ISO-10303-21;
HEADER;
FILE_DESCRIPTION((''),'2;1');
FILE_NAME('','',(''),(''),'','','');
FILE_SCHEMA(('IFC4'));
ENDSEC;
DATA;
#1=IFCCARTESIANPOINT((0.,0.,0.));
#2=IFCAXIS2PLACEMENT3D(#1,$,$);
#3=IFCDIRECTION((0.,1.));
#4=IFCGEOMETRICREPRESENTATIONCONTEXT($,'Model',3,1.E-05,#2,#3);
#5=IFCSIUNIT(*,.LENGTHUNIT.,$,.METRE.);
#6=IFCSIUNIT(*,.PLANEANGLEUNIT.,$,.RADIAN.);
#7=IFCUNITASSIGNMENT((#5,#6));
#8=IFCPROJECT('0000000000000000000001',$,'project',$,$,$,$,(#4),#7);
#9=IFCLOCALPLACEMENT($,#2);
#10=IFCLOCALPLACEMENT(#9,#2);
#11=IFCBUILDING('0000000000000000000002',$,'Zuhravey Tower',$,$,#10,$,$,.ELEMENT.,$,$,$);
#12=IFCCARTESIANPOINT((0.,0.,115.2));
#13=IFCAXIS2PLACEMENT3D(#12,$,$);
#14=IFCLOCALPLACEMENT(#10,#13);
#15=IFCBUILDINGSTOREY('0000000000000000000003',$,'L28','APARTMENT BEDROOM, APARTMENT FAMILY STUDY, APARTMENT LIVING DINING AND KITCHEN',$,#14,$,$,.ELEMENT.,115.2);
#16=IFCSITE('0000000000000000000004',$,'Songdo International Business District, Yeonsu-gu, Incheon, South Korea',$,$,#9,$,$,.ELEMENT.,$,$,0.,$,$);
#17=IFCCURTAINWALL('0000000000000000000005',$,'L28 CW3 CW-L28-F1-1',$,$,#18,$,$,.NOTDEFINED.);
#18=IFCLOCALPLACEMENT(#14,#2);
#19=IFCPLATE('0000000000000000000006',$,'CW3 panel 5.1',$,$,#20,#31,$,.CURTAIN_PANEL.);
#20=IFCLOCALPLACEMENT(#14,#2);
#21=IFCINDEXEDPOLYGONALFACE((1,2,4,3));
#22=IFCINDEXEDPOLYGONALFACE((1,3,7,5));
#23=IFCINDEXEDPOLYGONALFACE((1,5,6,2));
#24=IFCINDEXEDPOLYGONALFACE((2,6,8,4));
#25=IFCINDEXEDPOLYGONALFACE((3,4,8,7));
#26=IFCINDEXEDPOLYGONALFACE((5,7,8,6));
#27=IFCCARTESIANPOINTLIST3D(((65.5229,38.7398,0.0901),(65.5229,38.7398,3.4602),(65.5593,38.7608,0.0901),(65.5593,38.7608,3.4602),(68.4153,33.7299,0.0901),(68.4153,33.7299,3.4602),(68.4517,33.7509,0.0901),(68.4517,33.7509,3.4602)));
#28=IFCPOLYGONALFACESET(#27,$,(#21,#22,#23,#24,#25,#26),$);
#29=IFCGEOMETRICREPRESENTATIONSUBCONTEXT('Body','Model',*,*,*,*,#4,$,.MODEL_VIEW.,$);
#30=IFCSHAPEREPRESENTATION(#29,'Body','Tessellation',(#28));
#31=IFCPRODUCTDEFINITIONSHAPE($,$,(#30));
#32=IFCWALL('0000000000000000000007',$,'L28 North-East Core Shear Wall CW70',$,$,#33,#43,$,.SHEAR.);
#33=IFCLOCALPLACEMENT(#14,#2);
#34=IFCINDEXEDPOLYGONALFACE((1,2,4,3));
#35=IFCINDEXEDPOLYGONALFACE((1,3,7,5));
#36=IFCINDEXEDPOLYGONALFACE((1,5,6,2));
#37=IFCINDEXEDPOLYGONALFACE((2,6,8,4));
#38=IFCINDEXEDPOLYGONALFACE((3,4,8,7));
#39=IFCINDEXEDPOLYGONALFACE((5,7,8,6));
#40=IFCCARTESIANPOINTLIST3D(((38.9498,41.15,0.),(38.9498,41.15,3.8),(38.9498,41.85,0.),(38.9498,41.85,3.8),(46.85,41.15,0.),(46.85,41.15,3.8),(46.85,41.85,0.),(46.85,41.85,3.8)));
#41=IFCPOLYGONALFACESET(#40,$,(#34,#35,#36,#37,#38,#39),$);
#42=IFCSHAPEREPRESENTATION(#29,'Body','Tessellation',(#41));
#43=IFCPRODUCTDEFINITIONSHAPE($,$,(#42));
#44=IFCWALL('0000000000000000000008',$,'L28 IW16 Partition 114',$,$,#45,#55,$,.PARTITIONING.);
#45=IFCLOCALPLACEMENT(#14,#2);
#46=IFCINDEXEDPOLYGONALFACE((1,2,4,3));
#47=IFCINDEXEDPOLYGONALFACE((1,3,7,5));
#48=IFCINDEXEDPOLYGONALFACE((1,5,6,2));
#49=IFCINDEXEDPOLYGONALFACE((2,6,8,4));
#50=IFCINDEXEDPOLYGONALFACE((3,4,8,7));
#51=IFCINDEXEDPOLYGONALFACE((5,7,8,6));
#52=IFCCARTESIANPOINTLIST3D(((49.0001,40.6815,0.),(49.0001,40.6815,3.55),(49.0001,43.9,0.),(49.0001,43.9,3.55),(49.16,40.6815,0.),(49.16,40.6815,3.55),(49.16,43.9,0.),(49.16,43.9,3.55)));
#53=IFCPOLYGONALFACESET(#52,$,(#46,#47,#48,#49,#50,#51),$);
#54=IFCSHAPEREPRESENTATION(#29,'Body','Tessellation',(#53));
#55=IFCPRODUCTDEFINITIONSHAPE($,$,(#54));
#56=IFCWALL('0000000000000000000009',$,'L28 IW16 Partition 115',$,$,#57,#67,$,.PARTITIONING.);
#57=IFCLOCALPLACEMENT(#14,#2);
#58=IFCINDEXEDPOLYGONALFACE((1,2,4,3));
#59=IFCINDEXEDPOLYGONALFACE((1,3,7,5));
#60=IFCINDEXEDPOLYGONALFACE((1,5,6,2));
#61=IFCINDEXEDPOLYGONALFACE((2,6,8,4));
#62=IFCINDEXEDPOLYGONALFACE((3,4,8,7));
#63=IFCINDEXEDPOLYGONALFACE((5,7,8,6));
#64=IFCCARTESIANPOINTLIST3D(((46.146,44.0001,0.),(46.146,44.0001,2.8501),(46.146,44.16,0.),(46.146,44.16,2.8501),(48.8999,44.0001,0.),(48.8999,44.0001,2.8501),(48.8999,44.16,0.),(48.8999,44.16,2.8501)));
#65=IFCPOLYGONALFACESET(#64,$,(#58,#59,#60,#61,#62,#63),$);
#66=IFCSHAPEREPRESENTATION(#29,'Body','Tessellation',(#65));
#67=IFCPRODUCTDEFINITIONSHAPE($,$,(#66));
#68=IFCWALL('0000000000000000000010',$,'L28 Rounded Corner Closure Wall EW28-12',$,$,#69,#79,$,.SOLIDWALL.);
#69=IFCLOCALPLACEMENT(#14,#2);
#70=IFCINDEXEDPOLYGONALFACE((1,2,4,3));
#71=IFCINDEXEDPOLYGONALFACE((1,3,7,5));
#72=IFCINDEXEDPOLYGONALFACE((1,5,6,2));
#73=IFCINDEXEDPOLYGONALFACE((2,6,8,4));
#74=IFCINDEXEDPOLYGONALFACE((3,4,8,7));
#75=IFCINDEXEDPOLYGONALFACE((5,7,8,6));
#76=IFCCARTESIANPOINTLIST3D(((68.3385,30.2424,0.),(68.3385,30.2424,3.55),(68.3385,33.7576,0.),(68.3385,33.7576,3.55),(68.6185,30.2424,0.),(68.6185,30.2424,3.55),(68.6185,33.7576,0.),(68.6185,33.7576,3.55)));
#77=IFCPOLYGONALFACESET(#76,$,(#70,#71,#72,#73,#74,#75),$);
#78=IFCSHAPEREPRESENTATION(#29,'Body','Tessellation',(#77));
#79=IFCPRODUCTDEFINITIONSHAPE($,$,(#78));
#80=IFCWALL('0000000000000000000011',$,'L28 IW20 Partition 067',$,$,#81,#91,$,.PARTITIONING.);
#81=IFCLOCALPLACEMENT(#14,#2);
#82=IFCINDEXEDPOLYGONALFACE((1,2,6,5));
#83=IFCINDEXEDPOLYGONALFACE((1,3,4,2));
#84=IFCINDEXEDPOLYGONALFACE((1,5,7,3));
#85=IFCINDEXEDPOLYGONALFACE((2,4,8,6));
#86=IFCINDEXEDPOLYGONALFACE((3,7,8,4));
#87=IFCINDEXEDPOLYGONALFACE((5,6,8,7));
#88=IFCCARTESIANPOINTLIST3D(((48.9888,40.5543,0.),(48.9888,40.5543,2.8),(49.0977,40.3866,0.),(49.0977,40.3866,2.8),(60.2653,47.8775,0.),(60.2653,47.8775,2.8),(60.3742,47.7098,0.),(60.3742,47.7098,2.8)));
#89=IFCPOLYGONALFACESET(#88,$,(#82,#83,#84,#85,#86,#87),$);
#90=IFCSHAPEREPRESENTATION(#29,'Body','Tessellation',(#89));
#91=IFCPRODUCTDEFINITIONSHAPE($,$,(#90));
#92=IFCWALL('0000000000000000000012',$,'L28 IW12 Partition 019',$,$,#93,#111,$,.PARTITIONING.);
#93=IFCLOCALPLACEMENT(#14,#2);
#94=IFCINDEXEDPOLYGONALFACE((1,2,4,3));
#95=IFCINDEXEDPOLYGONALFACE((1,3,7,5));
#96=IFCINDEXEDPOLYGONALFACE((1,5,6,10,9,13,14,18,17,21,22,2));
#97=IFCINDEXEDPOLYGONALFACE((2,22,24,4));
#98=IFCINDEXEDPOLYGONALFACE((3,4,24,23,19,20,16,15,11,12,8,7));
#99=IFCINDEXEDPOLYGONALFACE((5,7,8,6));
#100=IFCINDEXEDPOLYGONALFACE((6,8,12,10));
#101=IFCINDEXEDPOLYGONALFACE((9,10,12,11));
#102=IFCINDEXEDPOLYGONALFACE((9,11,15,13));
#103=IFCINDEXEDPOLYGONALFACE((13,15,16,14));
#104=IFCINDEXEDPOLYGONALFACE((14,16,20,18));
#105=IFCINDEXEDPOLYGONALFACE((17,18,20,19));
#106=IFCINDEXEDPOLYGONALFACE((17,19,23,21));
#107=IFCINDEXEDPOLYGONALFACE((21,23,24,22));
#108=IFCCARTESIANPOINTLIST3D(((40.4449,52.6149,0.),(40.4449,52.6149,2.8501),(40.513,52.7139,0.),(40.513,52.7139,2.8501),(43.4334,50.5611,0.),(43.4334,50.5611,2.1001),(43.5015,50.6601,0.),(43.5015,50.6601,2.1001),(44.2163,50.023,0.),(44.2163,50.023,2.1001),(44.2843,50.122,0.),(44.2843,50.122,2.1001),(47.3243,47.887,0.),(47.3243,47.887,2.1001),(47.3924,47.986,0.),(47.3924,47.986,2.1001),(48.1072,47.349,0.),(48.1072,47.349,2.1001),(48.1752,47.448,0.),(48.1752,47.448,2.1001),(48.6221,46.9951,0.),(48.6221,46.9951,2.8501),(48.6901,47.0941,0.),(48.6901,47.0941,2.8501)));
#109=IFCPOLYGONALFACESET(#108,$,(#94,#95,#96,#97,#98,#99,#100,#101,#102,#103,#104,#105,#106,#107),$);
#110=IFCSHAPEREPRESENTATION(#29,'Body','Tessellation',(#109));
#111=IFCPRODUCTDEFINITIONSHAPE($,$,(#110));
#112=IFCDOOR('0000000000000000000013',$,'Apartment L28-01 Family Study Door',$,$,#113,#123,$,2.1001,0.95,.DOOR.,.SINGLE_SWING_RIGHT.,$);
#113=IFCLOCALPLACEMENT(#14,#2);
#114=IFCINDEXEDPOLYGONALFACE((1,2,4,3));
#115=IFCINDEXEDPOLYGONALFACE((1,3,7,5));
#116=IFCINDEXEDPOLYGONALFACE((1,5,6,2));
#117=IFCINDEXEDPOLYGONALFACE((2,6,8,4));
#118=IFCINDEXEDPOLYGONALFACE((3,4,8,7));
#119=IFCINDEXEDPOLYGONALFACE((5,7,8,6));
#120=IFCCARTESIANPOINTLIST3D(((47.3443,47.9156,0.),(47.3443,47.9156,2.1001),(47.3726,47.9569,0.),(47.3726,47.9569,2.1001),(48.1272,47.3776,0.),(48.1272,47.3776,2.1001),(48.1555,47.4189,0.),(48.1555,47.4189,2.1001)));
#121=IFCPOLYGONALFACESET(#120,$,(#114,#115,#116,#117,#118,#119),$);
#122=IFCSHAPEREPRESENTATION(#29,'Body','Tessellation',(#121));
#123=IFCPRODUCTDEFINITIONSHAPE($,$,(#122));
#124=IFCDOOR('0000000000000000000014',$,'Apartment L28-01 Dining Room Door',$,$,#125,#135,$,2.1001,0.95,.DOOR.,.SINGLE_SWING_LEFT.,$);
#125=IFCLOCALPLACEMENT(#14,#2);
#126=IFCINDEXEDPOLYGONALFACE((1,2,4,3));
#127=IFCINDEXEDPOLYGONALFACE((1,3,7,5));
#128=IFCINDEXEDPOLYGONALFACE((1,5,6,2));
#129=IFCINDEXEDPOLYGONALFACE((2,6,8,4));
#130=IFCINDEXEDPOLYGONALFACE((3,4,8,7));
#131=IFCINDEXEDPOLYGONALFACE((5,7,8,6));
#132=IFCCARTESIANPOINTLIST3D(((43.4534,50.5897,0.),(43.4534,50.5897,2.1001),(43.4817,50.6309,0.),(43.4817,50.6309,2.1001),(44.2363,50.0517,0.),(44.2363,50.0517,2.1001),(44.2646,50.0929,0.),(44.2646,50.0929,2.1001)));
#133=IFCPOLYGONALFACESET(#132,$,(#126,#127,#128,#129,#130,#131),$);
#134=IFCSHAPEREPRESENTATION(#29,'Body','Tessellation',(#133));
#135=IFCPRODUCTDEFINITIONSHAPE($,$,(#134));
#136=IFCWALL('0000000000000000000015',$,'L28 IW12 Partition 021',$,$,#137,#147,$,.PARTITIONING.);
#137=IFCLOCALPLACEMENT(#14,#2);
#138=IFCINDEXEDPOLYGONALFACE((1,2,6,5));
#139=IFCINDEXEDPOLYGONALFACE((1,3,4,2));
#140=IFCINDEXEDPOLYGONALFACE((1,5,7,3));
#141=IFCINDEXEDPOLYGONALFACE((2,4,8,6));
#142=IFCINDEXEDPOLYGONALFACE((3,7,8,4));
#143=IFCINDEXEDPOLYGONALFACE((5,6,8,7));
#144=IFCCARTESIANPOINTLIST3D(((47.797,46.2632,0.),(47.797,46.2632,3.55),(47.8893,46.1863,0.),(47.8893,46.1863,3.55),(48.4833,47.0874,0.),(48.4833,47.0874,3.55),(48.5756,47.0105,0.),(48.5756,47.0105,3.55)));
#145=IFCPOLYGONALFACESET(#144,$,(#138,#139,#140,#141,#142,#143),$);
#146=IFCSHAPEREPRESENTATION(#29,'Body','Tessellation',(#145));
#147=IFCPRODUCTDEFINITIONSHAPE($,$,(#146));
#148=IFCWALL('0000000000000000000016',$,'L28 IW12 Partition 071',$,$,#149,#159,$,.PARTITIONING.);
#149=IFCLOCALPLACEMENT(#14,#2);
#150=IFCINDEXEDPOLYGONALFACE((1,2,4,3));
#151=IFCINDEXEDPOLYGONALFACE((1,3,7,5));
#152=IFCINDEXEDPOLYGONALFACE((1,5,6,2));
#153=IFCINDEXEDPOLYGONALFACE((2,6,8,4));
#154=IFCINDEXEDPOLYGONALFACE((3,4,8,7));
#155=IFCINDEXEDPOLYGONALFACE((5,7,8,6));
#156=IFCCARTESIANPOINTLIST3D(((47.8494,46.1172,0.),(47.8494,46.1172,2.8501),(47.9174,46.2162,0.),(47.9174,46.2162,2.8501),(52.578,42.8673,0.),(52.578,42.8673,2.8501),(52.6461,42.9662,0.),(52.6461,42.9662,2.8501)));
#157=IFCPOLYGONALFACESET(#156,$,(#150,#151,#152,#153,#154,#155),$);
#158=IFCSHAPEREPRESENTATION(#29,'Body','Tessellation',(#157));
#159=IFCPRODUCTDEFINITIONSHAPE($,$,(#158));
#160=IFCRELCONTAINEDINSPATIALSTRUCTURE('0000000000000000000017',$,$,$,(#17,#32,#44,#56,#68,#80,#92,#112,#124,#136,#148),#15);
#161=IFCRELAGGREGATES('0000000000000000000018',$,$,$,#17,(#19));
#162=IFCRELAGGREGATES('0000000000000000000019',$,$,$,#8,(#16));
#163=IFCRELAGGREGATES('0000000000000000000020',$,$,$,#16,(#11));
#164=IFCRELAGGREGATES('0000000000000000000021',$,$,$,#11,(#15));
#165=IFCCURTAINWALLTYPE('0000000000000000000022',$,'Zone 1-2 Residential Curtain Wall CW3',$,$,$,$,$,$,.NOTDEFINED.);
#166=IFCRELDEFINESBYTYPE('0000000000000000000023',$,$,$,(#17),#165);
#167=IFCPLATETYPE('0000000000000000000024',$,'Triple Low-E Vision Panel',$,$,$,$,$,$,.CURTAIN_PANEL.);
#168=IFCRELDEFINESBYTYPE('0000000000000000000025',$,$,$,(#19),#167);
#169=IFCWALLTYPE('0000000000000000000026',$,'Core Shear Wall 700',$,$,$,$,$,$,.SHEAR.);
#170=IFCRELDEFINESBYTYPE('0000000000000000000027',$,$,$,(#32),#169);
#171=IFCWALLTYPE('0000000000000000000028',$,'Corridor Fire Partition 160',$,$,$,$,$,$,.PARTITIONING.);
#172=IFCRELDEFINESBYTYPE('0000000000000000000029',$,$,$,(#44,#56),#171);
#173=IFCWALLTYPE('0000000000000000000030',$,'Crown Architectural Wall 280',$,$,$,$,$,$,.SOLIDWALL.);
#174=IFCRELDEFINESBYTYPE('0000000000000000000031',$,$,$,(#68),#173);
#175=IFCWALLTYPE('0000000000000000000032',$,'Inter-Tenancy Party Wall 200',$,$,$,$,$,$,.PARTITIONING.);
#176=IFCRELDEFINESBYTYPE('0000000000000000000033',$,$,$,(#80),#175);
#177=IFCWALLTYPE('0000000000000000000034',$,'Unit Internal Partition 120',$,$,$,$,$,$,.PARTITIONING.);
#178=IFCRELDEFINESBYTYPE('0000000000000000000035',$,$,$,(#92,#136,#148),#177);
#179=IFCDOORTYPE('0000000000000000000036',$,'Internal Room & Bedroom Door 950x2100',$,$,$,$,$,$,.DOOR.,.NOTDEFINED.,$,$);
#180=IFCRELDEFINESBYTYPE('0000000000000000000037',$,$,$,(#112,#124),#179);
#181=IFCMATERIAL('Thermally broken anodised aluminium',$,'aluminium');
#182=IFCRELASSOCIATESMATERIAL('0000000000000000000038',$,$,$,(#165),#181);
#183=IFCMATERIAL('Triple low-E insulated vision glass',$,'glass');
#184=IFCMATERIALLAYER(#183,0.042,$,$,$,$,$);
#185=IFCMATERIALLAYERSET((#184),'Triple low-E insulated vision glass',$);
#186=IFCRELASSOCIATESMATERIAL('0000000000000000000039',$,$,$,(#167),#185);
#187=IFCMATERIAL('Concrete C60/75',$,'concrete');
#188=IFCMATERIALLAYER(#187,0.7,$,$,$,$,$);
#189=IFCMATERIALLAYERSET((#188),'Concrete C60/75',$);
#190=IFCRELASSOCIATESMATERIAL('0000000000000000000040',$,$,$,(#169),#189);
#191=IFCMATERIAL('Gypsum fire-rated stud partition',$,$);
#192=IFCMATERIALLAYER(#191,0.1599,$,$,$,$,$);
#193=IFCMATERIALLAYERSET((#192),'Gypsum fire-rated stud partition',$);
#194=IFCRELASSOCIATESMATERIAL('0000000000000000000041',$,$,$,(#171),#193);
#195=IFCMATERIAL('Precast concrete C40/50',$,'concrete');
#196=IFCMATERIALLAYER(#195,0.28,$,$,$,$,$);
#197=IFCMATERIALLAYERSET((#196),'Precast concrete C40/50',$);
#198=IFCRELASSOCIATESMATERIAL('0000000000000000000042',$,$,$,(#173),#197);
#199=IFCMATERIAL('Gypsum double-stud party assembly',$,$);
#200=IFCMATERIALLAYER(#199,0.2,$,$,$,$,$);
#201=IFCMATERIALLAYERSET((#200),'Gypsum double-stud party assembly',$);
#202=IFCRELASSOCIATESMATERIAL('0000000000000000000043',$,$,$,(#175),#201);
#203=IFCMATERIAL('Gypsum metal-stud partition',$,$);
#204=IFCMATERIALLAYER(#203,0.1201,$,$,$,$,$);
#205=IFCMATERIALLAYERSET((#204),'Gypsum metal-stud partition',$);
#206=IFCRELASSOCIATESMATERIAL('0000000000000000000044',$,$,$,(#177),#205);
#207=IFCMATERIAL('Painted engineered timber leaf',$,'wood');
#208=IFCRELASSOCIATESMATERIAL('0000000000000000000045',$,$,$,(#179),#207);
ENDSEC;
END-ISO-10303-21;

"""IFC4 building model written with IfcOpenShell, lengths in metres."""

from ifc_helpers import new_model, si_unit, direction, frame, frame_2d, origin, origin_2d, place, context, subcontext, project, spatial, rectangle, extrude, material, layer, layer_set, type_object, element, fill, aggregate, save


model = new_model("IFC4")

# Units and contexts
model_context = context("Model", 3, precision=1e-05, world=origin(), true_north=direction((0.0, 1.0)))
body_context = subcontext(model_context, "Body", "Model", "MODEL_VIEW")
ifc_project = project(units=[si_unit("LENGTHUNIT", "METRE"), si_unit("PLANEANGLEUNIT", "RADIAN")], contexts=[model_context])

# Site, building, storey
site_placement = place(None, origin())
site = spatial("IfcSite", under=ifc_project, at=site_placement, Name="Songdo International Business District, Yeonsu-gu, Incheon, South Korea", CompositionType="ELEMENT", RefElevation=0.0)
building_placement = place(site_placement, origin())
building = spatial("IfcBuilding", under=site, at=building_placement, Name="Zuhravey Tower", CompositionType="ELEMENT")
storey_placement = place(building_placement, frame((0.0, 0.0, 115.2)))
storey = spatial("IfcBuildingStorey", under=building, at=storey_placement, Name="L28", Description="APARTMENT BEDROOM, APARTMENT FAMILY STUDY, APARTMENT LIVING DINING AND KITCHEN", CompositionType="ELEMENT", Elevation=115.2)

# Shared definitions
ifc_material_1 = material(Name="Concrete C60/75", Category="concrete")

# Curtain wall
ifc_material_2 = material(Name="Thermally broken anodised aluminium", Category="aluminium")
curtain_wall_type = type_object("IfcCurtainWallType", Name="Zone 1-2 Residential Curtain Wall CW3", PredefinedType="NOTDEFINED", material=ifc_material_2)
curtain_wall_placement = place(storey_placement, origin())
curtain_wall = element("IfcCurtainWall", 1, at=curtain_wall_placement, inside=storey, type_object=curtain_wall_type, Name="L28 CW3 CW-L28-F1-1", PredefinedType="NOTDEFINED")

# Plate
ifc_material_3 = material(Name="Triple low-E insulated vision glass", Category="glass")
ifc_layer_1 = layer(ifc_material_3, 0.042)
ifc_layer_set_1 = layer_set([ifc_layer_1], Name="Triple low-E insulated vision glass")
plate_type_1 = type_object("IfcPlateType", Name="Triple Low-E Vision Panel", PredefinedType="CURTAIN_PANEL", material=ifc_layer_set_1)
plate_1_placement = place(storey_placement, frame((66.9873, 36.2454, 0.0901), z_axis=(0.0, 0.0, 1.0), x_axis=(0.5, -0.866026, 0.0)))
plate_1 = element("IfcPlate", 2, at=plate_1_placement, type_object=plate_type_1, Name="CW3 panel 5.1", PredefinedType="CURTAIN_PANEL", context=body_context, shape_type="SweptSolid", body=[
    extrude(rectangle(XDim=5.7849, YDim=0.042, at=origin_2d()), origin(), (0.0, 0.0, 1.0), 3.3701),
])
aggregate(curtain_wall, [plate_1])

# Walls
ifc_layer_2 = layer(ifc_material_1, 0.7)
ifc_layer_set_2 = layer_set([ifc_layer_2], Name="Concrete C60/75")
wall_type_1 = type_object("IfcWallType", Name="Core Shear Wall 700", PredefinedType="SHEAR", material=ifc_layer_set_2)
wall_1_placement = place(storey_placement, frame((46.8501, 41.5, 0.0), z_axis=(0.0, 0.0, 1.0), x_axis=(-1.0, 0.0, 0.0)))
element("IfcWall", 3, at=wall_1_placement, inside=storey, type_object=wall_type_1, Name="L28 North-East Core Shear Wall CW70", PredefinedType="SHEAR", context=body_context, shape_type="SweptSolid", body=[
    extrude(rectangle(XDim=7.9001, YDim=0.7, at=frame_2d((3.9502, 0.0))), origin(), (0.0, 0.0, 1.0), 3.8),
])
ifc_material_4 = material(Name="Gypsum fire-rated stud partition")
ifc_layer_3 = layer(ifc_material_4, 0.1599)
ifc_layer_set_3 = layer_set([ifc_layer_3], Name="Gypsum fire-rated stud partition")
wall_type_2 = type_object("IfcWallType", Name="Corridor Fire Partition 160", PredefinedType="PARTITIONING", material=ifc_layer_set_3)
wall_2_placement = place(storey_placement, frame((49.0801, 40.6814, 0.0), z_axis=(0.0, 0.0, 1.0), x_axis=(0.0, 1.0, 0.0)))
element("IfcWall", 4, at=wall_2_placement, inside=storey, type_object=wall_type_2, Name="L28 IW16 Partition 114", PredefinedType="PARTITIONING", context=body_context, shape_type="SweptSolid", body=[
    extrude(rectangle(XDim=3.2185, YDim=0.1599, at=frame_2d((1.6094, 0.0))), origin(), (0.0, 0.0, 1.0), 3.55),
])
wall_3_placement = place(storey_placement, frame((48.8999, 44.0801, 0.0), z_axis=(0.0, 0.0, 1.0), x_axis=(-1.0, 0.0, 0.0)))
element("IfcWall", 5, at=wall_3_placement, inside=storey, type_object=wall_type_2, Name="L28 IW16 Partition 115", PredefinedType="PARTITIONING", context=body_context, shape_type="SweptSolid", body=[
    extrude(rectangle(XDim=2.7539, YDim=0.1599, at=frame_2d((1.377, 0.0))), origin(), (0.0, 0.0, 1.0), 2.8501),
])
ifc_material_5 = material(Name="Precast concrete C40/50", Category="concrete")
ifc_layer_4 = layer(ifc_material_5, 0.28)
ifc_layer_set_4 = layer_set([ifc_layer_4], Name="Precast concrete C40/50")
wall_type_3 = type_object("IfcWallType", Name="Crown Architectural Wall 280", PredefinedType="SOLIDWALL", material=ifc_layer_set_4)
wall_4_placement = place(storey_placement, frame((68.4785, 33.7576, 0.0), z_axis=(0.0, 0.0, 1.0), x_axis=(0.0, -1.0, 0.0)))
element("IfcWall", 6, at=wall_4_placement, inside=storey, type_object=wall_type_3, Name="L28 Rounded Corner Closure Wall EW28-12", PredefinedType="SOLIDWALL", context=body_context, shape_type="SweptSolid", body=[
    extrude(rectangle(XDim=3.5151, YDim=0.28, at=frame_2d((1.7576, 0.0))), origin(), (0.0, 0.0, 1.0), 3.55),
])
ifc_material_6 = material(Name="Gypsum double-stud party assembly")
ifc_layer_5 = layer(ifc_material_6, 0.2)
ifc_layer_set_5 = layer_set([ifc_layer_5], Name="Gypsum double-stud party assembly")
wall_type_4 = type_object("IfcWallType", Name="Inter-Tenancy Party Wall 200", PredefinedType="PARTITIONING", material=ifc_layer_set_5)
wall_5_placement = place(storey_placement, frame((49.0432, 40.4705, 0.0), z_axis=(0.0, 0.0, 1.0), x_axis=(0.838666, 0.544646, 0.0)))
element("IfcWall", 7, at=wall_5_placement, inside=storey, type_object=wall_type_4, Name="L28 IW20 Partition 067", PredefinedType="PARTITIONING", context=body_context, shape_type="SweptSolid", body=[
    extrude(rectangle(XDim=13.4458, YDim=0.2, at=frame_2d((6.7229, 0.0))), origin(), (0.0, 0.0, 1.0), 2.8),
])

# Wall, openings, doors
ifc_material_7 = material(Name="Gypsum metal-stud partition")
ifc_layer_6 = layer(ifc_material_7, 0.1201)
ifc_layer_set_6 = layer_set([ifc_layer_6], Name="Gypsum metal-stud partition")
wall_type_5 = type_object("IfcWallType", Name="Unit Internal Partition 120", PredefinedType="PARTITIONING", material=ifc_layer_set_6)
wall_6_placement = place(storey_placement, frame((48.656, 47.0447, 0.0), z_axis=(0.0, 0.0, 1.0), x_axis=(-0.824135, 0.566393, 0.0)))
wall_6 = element("IfcWall", 8, at=wall_6_placement, inside=storey, type_object=wall_type_5, Name="L28 IW12 Partition 019", PredefinedType="PARTITIONING", context=body_context, shape_type="SweptSolid", body=[
    extrude(rectangle(XDim=9.9221, YDim=0.1201, at=frame_2d((4.9609, 0.0))), origin(), (0.0, 0.0, 1.0), 2.8501),
])
opening_1_placement = place(wall_6_placement, frame((0.6245, 0.0, 0.0)))
opening_1 = element("IfcOpeningElement", 9, at=opening_1_placement, cuts=wall_6, PredefinedType="OPENING", context=body_context, shape_type="SweptSolid", body=[
    extrude(rectangle(XDim=0.95, YDim=2.1001, at=frame_2d((0.4751, 1.05))), frame((0.0, 0.072, 0.0), z_axis=(0.0, -1.0, 0.0), x_axis=(1.0, 0.0, 0.0)), (0.0, 0.0, 1.0), 0.144),
])
opening_2_placement = place(wall_6_placement, frame((5.3457, 0.0, 0.0)))
opening_2 = element("IfcOpeningElement", 10, at=opening_2_placement, cuts=wall_6, PredefinedType="OPENING", context=body_context, shape_type="SweptSolid", body=[
    extrude(rectangle(XDim=0.95, YDim=2.1001, at=frame_2d((0.4751, 1.05))), frame((0.0, 0.072, 0.0), z_axis=(0.0, -1.0, 0.0), x_axis=(1.0, 0.0, 0.0)), (0.0, 0.0, 1.0), 0.144),
])
ifc_material_8 = material(Name="Painted engineered timber leaf", Category="wood")
door_type = type_object("IfcDoorType", Name="Internal Room & Bedroom Door 950x2100", OperationType="NOTDEFINED", PredefinedType="DOOR", material=ifc_material_8)
door_1_placement = place(opening_1_placement, frame((0.95, 0.0, 0.0), z_axis=(0.0, 0.0, 1.0), x_axis=(-1.0, 0.0, 0.0)))
door_1 = element("IfcDoor", 11, at=door_1_placement, inside=storey, type_object=door_type, Name="Apartment L28-01 Family Study Door", OperationType="SINGLE_SWING_RIGHT", OverallHeight=2.1001, OverallWidth=0.95, PredefinedType="DOOR", context=body_context, shape_type="SweptSolid", body=[
    extrude(rectangle(XDim=0.95, YDim=2.1001, at=frame_2d((0.4751, 1.05))), frame((0.0, 0.0249, 0.0), z_axis=(0.0, -1.0, 0.0), x_axis=(1.0, 0.0, 0.0)), (0.0, 0.0, 1.0), 0.05),
])
fill(opening_1, door_1)
door_2_placement = place(opening_2_placement, frame((0.95, 0.0, 0.0), z_axis=(0.0, 0.0, 1.0), x_axis=(-1.0, 0.0, 0.0)))
door_2 = element("IfcDoor", 12, at=door_2_placement, inside=storey, type_object=door_type, Name="Apartment L28-01 Dining Room Door", OperationType="SINGLE_SWING_LEFT", OverallHeight=2.1001, OverallWidth=0.95, PredefinedType="DOOR", context=body_context, shape_type="SweptSolid", body=[
    extrude(rectangle(XDim=0.95, YDim=2.1001, at=frame_2d((0.4751, 1.05))), frame((0.0, 0.0249, 0.0), z_axis=(0.0, -1.0, 0.0), x_axis=(1.0, 0.0, 0.0)), (0.0, 0.0, 1.0), 0.05),
])
fill(opening_2, door_2)

# Walls
wall_7_placement = place(storey_placement, frame((47.8433, 46.2249, 0.0), z_axis=(0.0, 0.0, 1.0), x_axis=(0.639871, 0.768482, 0.0)))
element("IfcWall", 13, at=wall_7_placement, inside=storey, type_object=wall_type_5, Name="L28 IW12 Partition 021", PredefinedType="PARTITIONING", context=body_context, shape_type="SweptSolid", body=[
    extrude(rectangle(XDim=1.0725, YDim=0.1201, at=frame_2d((0.5361, 0.0))), origin(), (0.0, 0.0, 1.0), 3.55),
])
wall_8_placement = place(storey_placement, frame((52.6121, 42.9167, 0.0), z_axis=(0.0, 0.0, 1.0), x_axis=(-0.824125, 0.566408, 0.0)))
element("IfcWall", 14, at=wall_8_placement, inside=storey, type_object=wall_type_5, Name="L28 IW12 Partition 071", PredefinedType="PARTITIONING", context=body_context, shape_type="SweptSolid", body=[
    extrude(rectangle(XDim=5.7378, YDim=0.1201, at=frame_2d((2.8689, 0.0))), origin(), (0.0, 0.0, 1.0), 2.8501),
])

save(model, "model.ifc")
